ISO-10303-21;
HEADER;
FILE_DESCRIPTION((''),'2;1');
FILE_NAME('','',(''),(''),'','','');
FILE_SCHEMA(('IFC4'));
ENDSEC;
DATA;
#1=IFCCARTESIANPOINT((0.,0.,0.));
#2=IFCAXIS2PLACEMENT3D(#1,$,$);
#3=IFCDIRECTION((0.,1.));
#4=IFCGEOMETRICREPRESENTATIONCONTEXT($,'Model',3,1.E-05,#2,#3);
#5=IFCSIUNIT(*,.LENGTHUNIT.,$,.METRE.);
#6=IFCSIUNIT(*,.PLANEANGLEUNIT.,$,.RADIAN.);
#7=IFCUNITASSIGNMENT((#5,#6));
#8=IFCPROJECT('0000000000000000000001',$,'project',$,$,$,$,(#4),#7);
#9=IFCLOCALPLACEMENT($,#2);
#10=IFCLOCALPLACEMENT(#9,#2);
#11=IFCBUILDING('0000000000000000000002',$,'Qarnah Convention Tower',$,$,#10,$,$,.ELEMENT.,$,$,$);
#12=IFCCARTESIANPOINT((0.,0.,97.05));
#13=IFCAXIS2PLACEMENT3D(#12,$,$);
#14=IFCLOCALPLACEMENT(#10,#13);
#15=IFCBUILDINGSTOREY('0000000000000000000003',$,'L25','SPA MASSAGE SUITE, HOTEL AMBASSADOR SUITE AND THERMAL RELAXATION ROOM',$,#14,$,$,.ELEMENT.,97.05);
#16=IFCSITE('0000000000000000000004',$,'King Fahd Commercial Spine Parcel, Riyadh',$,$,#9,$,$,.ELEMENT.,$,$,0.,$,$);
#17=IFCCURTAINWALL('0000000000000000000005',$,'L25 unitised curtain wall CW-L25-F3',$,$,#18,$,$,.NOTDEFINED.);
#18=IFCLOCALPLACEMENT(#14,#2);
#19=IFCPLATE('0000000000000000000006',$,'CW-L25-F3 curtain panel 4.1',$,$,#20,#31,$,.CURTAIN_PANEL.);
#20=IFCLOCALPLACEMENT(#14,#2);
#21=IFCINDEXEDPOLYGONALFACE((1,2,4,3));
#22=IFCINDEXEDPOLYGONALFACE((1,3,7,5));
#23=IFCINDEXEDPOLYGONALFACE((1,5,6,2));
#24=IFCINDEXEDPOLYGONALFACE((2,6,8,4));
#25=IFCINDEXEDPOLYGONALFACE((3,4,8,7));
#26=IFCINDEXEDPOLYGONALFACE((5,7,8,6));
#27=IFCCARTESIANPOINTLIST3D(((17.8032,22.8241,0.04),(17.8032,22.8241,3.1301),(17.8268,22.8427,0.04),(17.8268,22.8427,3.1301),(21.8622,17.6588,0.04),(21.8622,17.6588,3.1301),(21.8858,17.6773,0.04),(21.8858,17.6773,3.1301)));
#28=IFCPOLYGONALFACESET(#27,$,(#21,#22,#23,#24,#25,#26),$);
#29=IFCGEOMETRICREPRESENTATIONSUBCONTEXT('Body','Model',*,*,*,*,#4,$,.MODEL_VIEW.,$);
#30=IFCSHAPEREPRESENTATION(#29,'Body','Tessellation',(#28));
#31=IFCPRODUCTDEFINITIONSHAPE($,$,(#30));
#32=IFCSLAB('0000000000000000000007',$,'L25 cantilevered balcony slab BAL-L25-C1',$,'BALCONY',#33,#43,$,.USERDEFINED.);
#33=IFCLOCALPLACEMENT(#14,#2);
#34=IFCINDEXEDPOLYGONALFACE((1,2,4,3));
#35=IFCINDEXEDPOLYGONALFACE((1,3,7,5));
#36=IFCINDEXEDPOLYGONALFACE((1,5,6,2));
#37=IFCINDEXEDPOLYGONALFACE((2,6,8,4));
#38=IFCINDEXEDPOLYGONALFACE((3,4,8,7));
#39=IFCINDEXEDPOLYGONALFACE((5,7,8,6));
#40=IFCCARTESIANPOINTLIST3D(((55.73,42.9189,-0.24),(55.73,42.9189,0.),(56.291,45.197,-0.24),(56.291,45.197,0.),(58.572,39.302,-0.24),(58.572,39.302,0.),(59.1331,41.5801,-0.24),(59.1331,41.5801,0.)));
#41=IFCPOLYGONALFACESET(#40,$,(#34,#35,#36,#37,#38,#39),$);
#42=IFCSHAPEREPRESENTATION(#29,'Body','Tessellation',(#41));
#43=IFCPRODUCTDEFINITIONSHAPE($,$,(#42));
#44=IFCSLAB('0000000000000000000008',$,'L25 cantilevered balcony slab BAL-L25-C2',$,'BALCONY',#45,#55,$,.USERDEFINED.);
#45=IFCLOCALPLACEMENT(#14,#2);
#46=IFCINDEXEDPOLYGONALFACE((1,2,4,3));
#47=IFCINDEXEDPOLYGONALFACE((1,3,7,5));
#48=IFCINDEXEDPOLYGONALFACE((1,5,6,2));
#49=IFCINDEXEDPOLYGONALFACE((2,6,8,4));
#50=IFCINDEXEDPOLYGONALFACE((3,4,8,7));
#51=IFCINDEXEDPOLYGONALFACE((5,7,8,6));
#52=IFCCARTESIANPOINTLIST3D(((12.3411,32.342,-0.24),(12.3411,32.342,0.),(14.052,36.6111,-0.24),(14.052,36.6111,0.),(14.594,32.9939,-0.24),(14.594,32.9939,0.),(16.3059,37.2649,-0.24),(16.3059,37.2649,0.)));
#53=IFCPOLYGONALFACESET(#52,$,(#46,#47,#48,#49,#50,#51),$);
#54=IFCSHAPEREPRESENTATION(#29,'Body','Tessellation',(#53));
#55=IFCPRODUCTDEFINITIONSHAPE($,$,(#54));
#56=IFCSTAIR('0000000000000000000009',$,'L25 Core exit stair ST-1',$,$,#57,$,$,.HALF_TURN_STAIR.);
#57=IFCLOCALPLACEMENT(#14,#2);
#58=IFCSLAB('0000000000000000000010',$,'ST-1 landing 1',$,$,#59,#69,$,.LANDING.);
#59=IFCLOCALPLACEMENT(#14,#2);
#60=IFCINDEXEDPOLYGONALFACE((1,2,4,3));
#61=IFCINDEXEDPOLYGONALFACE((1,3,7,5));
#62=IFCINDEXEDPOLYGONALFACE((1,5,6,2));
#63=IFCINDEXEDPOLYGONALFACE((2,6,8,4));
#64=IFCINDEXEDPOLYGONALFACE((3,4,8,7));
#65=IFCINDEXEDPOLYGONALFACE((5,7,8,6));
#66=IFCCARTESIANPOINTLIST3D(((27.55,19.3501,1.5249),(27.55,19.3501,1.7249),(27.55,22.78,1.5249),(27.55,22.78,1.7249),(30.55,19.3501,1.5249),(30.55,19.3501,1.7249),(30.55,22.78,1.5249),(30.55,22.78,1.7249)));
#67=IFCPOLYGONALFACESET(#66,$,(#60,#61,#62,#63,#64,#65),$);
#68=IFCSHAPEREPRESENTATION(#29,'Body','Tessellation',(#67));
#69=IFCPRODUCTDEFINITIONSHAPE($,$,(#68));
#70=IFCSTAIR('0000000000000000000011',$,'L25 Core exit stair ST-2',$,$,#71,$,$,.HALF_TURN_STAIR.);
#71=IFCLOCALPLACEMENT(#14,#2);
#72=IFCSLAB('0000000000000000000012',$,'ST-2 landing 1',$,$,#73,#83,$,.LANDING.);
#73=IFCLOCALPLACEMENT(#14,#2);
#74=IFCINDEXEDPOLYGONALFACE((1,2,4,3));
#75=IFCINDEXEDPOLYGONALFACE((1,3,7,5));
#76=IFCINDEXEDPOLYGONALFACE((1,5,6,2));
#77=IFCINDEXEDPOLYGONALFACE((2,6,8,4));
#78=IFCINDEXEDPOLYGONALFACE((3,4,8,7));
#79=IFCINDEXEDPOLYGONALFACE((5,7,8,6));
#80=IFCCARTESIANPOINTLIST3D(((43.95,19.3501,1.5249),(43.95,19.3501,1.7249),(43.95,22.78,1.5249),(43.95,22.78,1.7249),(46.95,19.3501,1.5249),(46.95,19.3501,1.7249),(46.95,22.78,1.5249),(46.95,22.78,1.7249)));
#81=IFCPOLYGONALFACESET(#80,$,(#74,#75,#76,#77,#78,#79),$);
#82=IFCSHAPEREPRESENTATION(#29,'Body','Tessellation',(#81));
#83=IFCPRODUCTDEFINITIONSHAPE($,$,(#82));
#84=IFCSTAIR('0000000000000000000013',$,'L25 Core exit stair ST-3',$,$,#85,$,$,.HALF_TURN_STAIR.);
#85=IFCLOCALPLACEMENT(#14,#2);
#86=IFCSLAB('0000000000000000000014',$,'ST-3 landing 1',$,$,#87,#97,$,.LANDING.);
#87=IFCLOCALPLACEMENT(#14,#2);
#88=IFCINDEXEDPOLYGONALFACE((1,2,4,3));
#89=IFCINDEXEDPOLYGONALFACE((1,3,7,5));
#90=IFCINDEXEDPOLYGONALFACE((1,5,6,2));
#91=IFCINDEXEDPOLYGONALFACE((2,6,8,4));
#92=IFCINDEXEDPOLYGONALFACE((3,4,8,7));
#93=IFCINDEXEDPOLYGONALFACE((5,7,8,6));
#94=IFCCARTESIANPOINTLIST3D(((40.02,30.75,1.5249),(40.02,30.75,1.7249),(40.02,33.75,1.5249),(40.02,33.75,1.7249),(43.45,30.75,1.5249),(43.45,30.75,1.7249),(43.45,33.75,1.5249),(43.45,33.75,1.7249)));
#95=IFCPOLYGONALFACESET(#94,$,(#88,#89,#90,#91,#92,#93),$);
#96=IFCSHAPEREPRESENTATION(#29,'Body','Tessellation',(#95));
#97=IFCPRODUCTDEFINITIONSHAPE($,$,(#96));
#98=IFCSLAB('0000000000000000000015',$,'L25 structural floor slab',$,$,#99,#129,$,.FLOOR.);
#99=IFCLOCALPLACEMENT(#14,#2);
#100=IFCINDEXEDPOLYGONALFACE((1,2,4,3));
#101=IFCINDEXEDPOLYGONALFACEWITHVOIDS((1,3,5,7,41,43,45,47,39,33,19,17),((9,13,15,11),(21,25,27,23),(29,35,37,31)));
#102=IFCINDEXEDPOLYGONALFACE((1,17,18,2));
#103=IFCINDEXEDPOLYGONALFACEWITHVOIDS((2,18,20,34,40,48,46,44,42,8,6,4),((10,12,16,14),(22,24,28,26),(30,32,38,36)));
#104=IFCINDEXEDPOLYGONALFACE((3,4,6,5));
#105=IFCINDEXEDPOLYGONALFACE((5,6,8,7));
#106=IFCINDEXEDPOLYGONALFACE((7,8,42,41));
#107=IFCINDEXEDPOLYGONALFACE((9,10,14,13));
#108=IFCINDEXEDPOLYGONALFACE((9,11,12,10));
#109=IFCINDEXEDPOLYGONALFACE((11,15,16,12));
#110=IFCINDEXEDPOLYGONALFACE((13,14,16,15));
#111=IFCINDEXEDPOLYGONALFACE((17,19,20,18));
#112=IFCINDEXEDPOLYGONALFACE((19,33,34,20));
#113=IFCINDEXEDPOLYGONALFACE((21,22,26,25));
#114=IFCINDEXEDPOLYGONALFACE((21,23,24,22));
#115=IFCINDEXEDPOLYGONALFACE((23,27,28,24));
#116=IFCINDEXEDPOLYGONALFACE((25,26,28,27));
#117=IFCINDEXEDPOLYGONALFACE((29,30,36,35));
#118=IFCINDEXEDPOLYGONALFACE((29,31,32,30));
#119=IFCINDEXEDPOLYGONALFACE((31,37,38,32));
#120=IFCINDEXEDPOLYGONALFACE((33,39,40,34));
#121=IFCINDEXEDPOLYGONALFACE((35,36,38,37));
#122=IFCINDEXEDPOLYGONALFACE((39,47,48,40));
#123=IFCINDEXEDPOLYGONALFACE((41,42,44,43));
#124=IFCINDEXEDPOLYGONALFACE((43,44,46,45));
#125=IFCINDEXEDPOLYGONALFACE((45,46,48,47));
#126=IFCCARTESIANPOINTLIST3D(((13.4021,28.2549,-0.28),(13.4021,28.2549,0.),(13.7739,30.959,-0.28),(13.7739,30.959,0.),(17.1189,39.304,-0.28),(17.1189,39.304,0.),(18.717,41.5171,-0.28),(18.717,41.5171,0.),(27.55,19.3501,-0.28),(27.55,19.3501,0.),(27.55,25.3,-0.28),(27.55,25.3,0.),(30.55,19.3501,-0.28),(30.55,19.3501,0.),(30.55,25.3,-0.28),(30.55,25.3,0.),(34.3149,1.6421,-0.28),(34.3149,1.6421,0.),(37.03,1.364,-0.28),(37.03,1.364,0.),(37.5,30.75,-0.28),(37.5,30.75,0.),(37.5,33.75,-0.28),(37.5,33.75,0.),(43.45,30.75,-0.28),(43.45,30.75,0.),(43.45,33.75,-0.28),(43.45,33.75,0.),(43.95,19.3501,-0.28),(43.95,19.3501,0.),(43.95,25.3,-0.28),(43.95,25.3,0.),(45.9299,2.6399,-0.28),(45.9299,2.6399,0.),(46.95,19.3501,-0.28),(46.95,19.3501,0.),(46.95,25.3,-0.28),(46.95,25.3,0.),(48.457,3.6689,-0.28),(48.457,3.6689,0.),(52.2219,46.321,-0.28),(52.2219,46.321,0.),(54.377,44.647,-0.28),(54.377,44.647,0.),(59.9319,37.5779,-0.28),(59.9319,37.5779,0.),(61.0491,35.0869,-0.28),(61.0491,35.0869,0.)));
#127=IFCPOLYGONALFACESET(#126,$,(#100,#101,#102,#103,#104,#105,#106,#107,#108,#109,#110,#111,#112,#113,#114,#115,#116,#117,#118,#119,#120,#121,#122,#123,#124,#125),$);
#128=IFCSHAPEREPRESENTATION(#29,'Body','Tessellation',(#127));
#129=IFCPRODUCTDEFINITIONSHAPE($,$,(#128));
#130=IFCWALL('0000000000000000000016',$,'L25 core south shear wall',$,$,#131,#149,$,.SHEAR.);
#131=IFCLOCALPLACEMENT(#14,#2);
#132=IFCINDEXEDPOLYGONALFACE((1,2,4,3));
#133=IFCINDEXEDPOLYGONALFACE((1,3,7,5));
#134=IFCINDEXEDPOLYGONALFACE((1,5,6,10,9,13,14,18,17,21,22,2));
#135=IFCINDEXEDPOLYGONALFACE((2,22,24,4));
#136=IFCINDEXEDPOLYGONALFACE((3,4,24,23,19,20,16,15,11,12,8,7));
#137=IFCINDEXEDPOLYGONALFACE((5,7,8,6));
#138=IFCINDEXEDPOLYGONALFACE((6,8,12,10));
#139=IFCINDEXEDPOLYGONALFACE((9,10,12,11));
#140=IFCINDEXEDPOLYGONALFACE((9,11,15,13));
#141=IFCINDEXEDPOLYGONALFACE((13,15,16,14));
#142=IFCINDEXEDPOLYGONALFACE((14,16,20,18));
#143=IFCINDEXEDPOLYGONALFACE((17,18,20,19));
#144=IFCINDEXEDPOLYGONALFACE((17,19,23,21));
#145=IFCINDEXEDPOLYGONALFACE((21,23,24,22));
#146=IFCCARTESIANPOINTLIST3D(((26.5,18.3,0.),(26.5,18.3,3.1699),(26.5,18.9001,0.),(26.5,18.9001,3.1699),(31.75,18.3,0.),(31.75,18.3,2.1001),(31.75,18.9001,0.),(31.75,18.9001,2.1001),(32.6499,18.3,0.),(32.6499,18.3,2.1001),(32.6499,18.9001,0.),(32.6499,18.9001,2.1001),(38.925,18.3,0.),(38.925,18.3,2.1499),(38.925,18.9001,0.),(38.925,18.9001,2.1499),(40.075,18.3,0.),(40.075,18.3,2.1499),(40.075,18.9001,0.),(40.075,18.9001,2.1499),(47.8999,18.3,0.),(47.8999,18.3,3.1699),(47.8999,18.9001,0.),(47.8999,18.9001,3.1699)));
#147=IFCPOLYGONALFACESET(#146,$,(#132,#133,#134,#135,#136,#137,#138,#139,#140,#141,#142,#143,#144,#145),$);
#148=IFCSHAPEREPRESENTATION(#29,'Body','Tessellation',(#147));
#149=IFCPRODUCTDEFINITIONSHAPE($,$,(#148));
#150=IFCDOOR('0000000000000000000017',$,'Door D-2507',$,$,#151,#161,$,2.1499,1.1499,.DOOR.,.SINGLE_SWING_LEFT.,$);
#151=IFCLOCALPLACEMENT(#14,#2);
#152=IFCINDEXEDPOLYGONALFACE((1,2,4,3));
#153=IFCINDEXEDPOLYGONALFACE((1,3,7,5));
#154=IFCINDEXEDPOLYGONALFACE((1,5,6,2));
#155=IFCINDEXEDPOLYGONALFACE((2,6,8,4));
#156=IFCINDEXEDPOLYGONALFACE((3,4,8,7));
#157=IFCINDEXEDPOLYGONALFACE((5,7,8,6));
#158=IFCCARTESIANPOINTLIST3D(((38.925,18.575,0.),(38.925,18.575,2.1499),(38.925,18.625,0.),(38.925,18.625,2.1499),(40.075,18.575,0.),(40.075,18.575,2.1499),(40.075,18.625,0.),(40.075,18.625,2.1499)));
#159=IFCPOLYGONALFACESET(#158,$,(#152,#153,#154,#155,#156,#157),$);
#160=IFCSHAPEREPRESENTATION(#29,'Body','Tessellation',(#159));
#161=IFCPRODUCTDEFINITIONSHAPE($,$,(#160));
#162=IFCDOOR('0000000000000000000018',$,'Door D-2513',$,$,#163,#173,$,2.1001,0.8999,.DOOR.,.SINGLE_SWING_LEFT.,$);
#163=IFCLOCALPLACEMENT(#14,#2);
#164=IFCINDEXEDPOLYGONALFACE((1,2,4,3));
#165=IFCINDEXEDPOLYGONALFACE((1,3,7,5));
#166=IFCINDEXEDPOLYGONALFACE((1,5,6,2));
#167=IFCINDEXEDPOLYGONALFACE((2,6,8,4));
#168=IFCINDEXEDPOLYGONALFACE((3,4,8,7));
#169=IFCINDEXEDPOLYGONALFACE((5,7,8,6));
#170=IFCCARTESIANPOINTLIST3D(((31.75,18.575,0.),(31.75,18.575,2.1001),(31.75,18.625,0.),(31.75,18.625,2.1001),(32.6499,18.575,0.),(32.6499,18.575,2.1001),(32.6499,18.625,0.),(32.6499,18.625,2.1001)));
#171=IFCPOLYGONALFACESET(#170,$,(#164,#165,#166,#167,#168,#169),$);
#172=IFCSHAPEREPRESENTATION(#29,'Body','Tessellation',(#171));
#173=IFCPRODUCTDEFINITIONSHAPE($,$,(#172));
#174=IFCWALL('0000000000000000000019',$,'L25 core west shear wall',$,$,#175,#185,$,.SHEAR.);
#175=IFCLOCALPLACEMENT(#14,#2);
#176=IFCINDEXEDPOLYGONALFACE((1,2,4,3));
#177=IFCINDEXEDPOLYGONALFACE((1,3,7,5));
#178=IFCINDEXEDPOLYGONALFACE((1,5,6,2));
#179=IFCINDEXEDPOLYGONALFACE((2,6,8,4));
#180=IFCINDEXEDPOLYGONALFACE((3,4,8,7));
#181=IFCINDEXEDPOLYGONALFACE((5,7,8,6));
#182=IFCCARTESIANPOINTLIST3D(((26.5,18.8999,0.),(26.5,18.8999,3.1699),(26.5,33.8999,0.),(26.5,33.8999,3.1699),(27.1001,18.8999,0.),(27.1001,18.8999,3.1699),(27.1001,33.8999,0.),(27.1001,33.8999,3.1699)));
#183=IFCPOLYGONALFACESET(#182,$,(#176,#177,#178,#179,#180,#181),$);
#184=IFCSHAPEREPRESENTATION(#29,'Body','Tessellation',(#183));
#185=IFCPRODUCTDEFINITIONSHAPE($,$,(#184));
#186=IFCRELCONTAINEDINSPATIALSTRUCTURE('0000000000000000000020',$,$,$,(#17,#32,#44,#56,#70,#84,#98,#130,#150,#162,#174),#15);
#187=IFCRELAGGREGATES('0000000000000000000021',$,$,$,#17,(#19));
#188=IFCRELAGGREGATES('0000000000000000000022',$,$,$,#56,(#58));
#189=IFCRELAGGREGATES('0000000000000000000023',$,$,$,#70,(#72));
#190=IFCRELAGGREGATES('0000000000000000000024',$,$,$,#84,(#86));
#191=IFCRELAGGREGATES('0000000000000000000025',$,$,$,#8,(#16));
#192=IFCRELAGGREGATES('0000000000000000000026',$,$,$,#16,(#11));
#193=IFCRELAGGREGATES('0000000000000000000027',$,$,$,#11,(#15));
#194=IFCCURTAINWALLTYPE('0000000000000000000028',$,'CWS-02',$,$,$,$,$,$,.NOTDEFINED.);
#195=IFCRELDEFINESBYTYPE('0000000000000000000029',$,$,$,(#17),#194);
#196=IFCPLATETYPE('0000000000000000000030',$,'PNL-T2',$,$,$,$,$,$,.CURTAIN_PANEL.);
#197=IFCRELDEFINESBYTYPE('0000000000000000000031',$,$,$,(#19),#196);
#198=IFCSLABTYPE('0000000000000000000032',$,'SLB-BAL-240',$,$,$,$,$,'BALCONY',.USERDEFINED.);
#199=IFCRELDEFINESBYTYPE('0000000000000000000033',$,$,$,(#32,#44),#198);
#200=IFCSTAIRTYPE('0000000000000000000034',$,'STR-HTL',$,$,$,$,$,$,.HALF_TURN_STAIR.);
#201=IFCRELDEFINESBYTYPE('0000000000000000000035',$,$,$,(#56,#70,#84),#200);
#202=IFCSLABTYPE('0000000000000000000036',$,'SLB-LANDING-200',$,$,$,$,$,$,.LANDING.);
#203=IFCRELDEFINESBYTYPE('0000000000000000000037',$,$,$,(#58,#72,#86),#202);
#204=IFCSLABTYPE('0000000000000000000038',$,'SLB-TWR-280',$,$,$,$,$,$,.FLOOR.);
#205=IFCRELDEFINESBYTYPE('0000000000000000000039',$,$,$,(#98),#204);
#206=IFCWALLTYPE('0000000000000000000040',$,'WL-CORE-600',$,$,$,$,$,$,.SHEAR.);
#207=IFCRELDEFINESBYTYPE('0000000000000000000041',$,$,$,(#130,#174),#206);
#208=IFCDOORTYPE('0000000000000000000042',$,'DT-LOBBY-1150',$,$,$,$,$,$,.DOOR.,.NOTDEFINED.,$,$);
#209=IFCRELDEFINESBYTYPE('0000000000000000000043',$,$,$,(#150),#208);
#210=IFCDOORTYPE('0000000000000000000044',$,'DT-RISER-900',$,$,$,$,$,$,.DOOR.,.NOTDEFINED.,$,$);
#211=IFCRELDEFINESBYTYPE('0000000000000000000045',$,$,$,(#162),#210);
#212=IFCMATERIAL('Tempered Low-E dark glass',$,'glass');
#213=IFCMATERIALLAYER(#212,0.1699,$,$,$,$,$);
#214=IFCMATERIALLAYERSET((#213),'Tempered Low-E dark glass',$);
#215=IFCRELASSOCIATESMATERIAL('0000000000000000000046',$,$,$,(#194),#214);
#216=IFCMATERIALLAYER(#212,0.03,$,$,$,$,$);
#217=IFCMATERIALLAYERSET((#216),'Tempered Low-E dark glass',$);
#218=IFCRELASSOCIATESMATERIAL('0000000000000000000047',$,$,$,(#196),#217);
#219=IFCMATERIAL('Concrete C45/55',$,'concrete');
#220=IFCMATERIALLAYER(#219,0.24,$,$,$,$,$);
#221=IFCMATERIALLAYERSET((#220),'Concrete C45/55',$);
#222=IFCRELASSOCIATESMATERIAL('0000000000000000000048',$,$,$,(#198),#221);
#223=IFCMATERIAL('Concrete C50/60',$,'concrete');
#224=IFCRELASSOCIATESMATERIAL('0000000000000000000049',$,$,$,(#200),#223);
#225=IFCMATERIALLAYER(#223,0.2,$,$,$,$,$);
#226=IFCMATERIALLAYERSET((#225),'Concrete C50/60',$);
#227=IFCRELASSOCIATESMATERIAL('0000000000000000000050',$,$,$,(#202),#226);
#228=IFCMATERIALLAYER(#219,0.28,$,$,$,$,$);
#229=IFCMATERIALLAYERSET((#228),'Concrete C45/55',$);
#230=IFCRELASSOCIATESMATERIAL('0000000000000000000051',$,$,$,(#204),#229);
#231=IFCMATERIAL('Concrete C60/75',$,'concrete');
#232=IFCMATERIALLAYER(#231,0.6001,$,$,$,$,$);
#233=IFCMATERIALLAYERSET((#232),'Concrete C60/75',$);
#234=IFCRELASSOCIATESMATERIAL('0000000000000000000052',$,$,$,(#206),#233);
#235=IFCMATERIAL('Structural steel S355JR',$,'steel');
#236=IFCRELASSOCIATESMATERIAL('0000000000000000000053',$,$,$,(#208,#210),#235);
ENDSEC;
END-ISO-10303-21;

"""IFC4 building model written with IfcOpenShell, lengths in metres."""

from ifc_helpers import new_model, si_unit, direction, frame, frame_2d, origin, origin_2d, place, context, subcontext, project, spatial, polyline, rectangle, outline, extrude, material, layer, layer_set, type_object, element, fill, aggregate, save


model = new_model("IFC4")

# Units and contexts
model_context = context("Model", 3, precision=1e-05, world=origin(), true_north=direction((0.0, 1.0)))
body_context = subcontext(model_context, "Body", "Model", "MODEL_VIEW")
ifc_project = project(units=[si_unit("LENGTHUNIT", "METRE"), si_unit("PLANEANGLEUNIT", "RADIAN")], contexts=[model_context])

# Site, building, storey
site_placement = place(None, origin())
site = spatial("IfcSite", under=ifc_project, at=site_placement, Name="King Fahd Commercial Spine Parcel, Riyadh", CompositionType="ELEMENT", RefElevation=0.0)
building_placement = place(site_placement, origin())
building = spatial("IfcBuilding", under=site, at=building_placement, Name="Qarnah Convention Tower", CompositionType="ELEMENT")
storey_placement = place(building_placement, frame((0.0, 0.0, 97.05)))
storey = spatial("IfcBuildingStorey", under=building, at=storey_placement, Name="L25", Description="SPA MASSAGE SUITE, HOTEL AMBASSADOR SUITE AND THERMAL RELAXATION ROOM", CompositionType="ELEMENT", Elevation=97.05)

# Shared definitions
ifc_material_1 = material(Name="Concrete C60/75", Category="concrete")

# Shared definitions
ifc_material_2 = material(Name="Structural steel S355JR", Category="steel")

# Curtain wall, plate
ifc_material_3 = material(Name="Tempered Low-E dark glass", Category="glass")
ifc_layer_1 = layer(ifc_material_3, 0.1699)
ifc_layer_set_1 = layer_set([ifc_layer_1], Name="Tempered Low-E dark glass")
curtain_wall_type = type_object("IfcCurtainWallType", Name="CWS-02", PredefinedType="NOTDEFINED", material=ifc_layer_set_1)
curtain_wall_placement = place(storey_placement, origin())
curtain_wall = element("IfcCurtainWall", 1, at=curtain_wall_placement, inside=storey, type_object=curtain_wall_type, Name="L25 unitised curtain wall CW-L25-F3", PredefinedType="NOTDEFINED")
ifc_layer_2 = layer(ifc_material_3, 0.03)
ifc_layer_set_2 = layer_set([ifc_layer_2], Name="Tempered Low-E dark glass")
plate_type = type_object("IfcPlateType", Name="PNL-T2", PredefinedType="CURTAIN_PANEL", material=ifc_layer_set_2)
plate_1_placement = place(storey_placement, frame((19.8445, 20.2507, 0.04), z_axis=(0.0, 0.0, 1.0), x_axis=(-0.617871, 0.78628, 0.0)))
plate_1 = element("IfcPlate", 2, at=plate_1_placement, type_object=plate_type, Name="CW-L25-F3 curtain panel 4.1", PredefinedType="CURTAIN_PANEL", context=body_context, shape_type="SweptSolid", body=[
    extrude(rectangle(XDim=6.5693, YDim=0.03, at=origin_2d()), origin(), (0.0, 0.0, 1.0), 3.0901),
])
aggregate(curtain_wall, [plate_1])

# Slabs
ifc_material_4 = material(Name="Concrete C45/55", Category="concrete")
ifc_layer_3 = layer(ifc_material_4, 0.24)
ifc_layer_set_3 = layer_set([ifc_layer_3], Name="Concrete C45/55")
slab_type_1 = type_object("IfcSlabType", Name="SLB-BAL-240", ElementType="BALCONY", PredefinedType="USERDEFINED", material=ifc_layer_set_3)
slab_1_placement = place(storey_placement, frame((0.0, 0.0, -0.24)))
element("IfcSlab", 3, at=slab_1_placement, inside=storey, type_object=slab_type_1, Name="L25 cantilevered balcony slab BAL-L25-C1", ObjectType="BALCONY", PredefinedType="USERDEFINED", context=body_context, shape_type="SweptSolid", body=[
    extrude(outline(polyline([(56.291, 45.197), (59.1331, 41.5801), (58.572, 39.302), (55.73, 42.9189), (56.291, 45.197)])), origin(), (0.0, 0.0, 1.0), 0.24),
])
slab_2_placement = place(storey_placement, frame((0.0, 0.0, -0.24)))
element("IfcSlab", 4, at=slab_2_placement, inside=storey, type_object=slab_type_1, Name="L25 cantilevered balcony slab BAL-L25-C2", ObjectType="BALCONY", PredefinedType="USERDEFINED", context=body_context, shape_type="SweptSolid", body=[
    extrude(outline(polyline([(12.3411, 32.342), (14.052, 36.6111), (16.3059, 37.2649), (14.594, 32.9939), (12.3411, 32.342)])), origin(), (0.0, 0.0, 1.0), 0.24),
])

# Stairs, slabs
ifc_material_5 = material(Name="Concrete C50/60", Category="concrete")
stair_type = type_object("IfcStairType", Name="STR-HTL", PredefinedType="HALF_TURN_STAIR", material=ifc_material_5)
stair_1_placement = place(storey_placement, origin())
stair_1 = element("IfcStair", 5, at=stair_1_placement, inside=storey, type_object=stair_type, Name="L25 Core exit stair ST-1", PredefinedType="HALF_TURN_STAIR")
ifc_layer_4 = layer(ifc_material_5, 0.2)
ifc_layer_set_4 = layer_set([ifc_layer_4], Name="Concrete C50/60")
slab_type_2 = type_object("IfcSlabType", Name="SLB-LANDING-200", PredefinedType="LANDING", material=ifc_layer_set_4)
slab_3_placement = place(storey_placement, frame((0.0, 0.0, 1.5249)))
slab_3 = element("IfcSlab", 6, at=slab_3_placement, type_object=slab_type_2, Name="ST-1 landing 1", PredefinedType="LANDING", context=body_context, shape_type="SweptSolid", body=[
    extrude(outline(polyline([(27.55, 22.78), (27.55, 19.3501), (30.55, 19.3501), (30.55, 22.78), (27.55, 22.78)])), origin(), (0.0, 0.0, 1.0), 0.2),
])
aggregate(stair_1, [slab_3])
stair_2_placement = place(storey_placement, origin())
stair_2 = element("IfcStair", 7, at=stair_2_placement, inside=storey, type_object=stair_type, Name="L25 Core exit stair ST-2", PredefinedType="HALF_TURN_STAIR")
slab_4_placement = place(storey_placement, frame((0.0, 0.0, 1.5249)))
slab_4 = element("IfcSlab", 8, at=slab_4_placement, type_object=slab_type_2, Name="ST-2 landing 1", PredefinedType="LANDING", context=body_context, shape_type="SweptSolid", body=[
    extrude(outline(polyline([(43.95, 22.78), (43.95, 19.3501), (46.95, 19.3501), (46.95, 22.78), (43.95, 22.78)])), origin(), (0.0, 0.0, 1.0), 0.2),
])
aggregate(stair_2, [slab_4])
stair_3_placement = place(storey_placement, origin())
stair_3 = element("IfcStair", 9, at=stair_3_placement, inside=storey, type_object=stair_type, Name="L25 Core exit stair ST-3", PredefinedType="HALF_TURN_STAIR")
slab_5_placement = place(storey_placement, frame((0.0, 0.0, 1.5249)))
slab_5 = element("IfcSlab", 10, at=slab_5_placement, type_object=slab_type_2, Name="ST-3 landing 1", PredefinedType="LANDING", context=body_context, shape_type="SweptSolid", body=[
    extrude(outline(polyline([(40.02, 30.75), (43.45, 30.75), (43.45, 33.75), (40.02, 33.75), (40.02, 30.75)])), origin(), (0.0, 0.0, 1.0), 0.2),
])
aggregate(stair_3, [slab_5])

# Slab
ifc_layer_5 = layer(ifc_material_4, 0.28)
ifc_layer_set_5 = layer_set([ifc_layer_5], Name="Concrete C45/55")
slab_type_3 = type_object("IfcSlabType", Name="SLB-TWR-280", PredefinedType="FLOOR", material=ifc_layer_set_5)
slab_6_placement = place(storey_placement, frame((0.0, 0.0, -0.28)))
element("IfcSlab", 11, at=slab_6_placement, inside=storey, type_object=slab_type_3, Name="L25 structural floor slab", PredefinedType="FLOOR", context=body_context, shape_type="SweptSolid", body=[
    extrude(outline(polyline([(52.2219, 46.321), (18.717, 41.5171), (17.1189, 39.304), (13.7739, 30.959), (13.4021, 28.2549), (34.3149, 1.6421), (37.03, 1.364), (45.9299, 2.6399), (48.457, 3.6689), (61.0491, 35.0869), (59.9319, 37.5779), (54.377, 44.647), (52.2219, 46.321)]), holes=[polyline([(27.55, 25.3), (27.55, 19.3501), (30.55, 19.3501), (30.55, 25.3), (27.55, 25.3)]), polyline([(43.95, 25.3), (43.95, 19.3501), (46.95, 19.3501), (46.95, 25.3), (43.95, 25.3)]), polyline([(37.5, 30.75), (43.45, 30.75), (43.45, 33.75), (37.5, 33.75), (37.5, 30.75)])]), origin(), (0.0, 0.0, 1.0), 0.28),
])

# Wall, openings, doors
ifc_layer_6 = layer(ifc_material_1, 0.6001)
ifc_layer_set_6 = layer_set([ifc_layer_6], Name="Concrete C60/75")
wall_type_1 = type_object("IfcWallType", Name="WL-CORE-600", PredefinedType="SHEAR", material=ifc_layer_set_6)
wall_1_placement = place(storey_placement, frame((26.5, 18.6001, 0.0), z_axis=(0.0, 0.0, 1.0), x_axis=(1.0, 0.0, 0.0)))
wall_1 = element("IfcWall", 12, at=wall_1_placement, inside=storey, type_object=wall_type_1, Name="L25 core south shear wall", PredefinedType="SHEAR", context=body_context, shape_type="SweptSolid", body=[
    extrude(rectangle(XDim=21.3999, YDim=0.6001, at=frame_2d((10.7, 0.0))), origin(), (0.0, 0.0, 1.0), 3.1699),
])
opening_1_placement = place(wall_1_placement, frame((12.425, 0.0, 0.0)))
opening_1 = element("IfcOpeningElement", 13, at=opening_1_placement, cuts=wall_1, PredefinedType="OPENING", context=body_context, shape_type="SweptSolid", body=[
    extrude(rectangle(XDim=1.1499, YDim=2.1499, at=frame_2d((0.575, 1.075))), frame((0.0, 0.3101, 0.0), z_axis=(0.0, -1.0, 0.0), x_axis=(1.0, 0.0, 0.0)), (0.0, 0.0, 1.0), 0.6201),
])
opening_2_placement = place(wall_1_placement, frame((5.25, 0.0, 0.0)))
opening_2 = element("IfcOpeningElement", 14, at=opening_2_placement, cuts=wall_1, PredefinedType="OPENING", context=body_context, shape_type="SweptSolid", body=[
    extrude(rectangle(XDim=0.8999, YDim=2.1001, at=frame_2d((0.45, 1.05))), frame((0.0, 0.3101, 0.0), z_axis=(0.0, -1.0, 0.0), x_axis=(1.0, 0.0, 0.0)), (0.0, 0.0, 1.0), 0.6201),
])
door_type_1 = type_object("IfcDoorType", Name="DT-LOBBY-1150", OperationType="NOTDEFINED", PredefinedType="DOOR", material=ifc_material_2)
door_1_placement = place(opening_1_placement, origin())
door_1 = element("IfcDoor", 15, at=door_1_placement, inside=storey, type_object=door_type_1, Name="Door D-2507", OperationType="SINGLE_SWING_LEFT", OverallHeight=2.1499, OverallWidth=1.1499, PredefinedType="DOOR", context=body_context, shape_type="SweptSolid", body=[
    extrude(rectangle(XDim=1.1499, YDim=2.1499, at=frame_2d((0.575, 1.075))), frame((0.0, 0.0249, 0.0), z_axis=(0.0, -1.0, 0.0), x_axis=(1.0, 0.0, 0.0)), (0.0, 0.0, 1.0), 0.05),
])
fill(opening_1, door_1)
door_type_2 = type_object("IfcDoorType", Name="DT-RISER-900", OperationType="NOTDEFINED", PredefinedType="DOOR", material=ifc_material_2)
door_2_placement = place(opening_2_placement, origin())
door_2 = element("IfcDoor", 16, at=door_2_placement, inside=storey, type_object=door_type_2, Name="Door D-2513", OperationType="SINGLE_SWING_LEFT", OverallHeight=2.1001, OverallWidth=0.8999, PredefinedType="DOOR", context=body_context, shape_type="SweptSolid", body=[
    extrude(rectangle(XDim=0.8999, YDim=2.1001, at=frame_2d((0.45, 1.05))), frame((0.0, 0.0249, 0.0), z_axis=(0.0, -1.0, 0.0), x_axis=(1.0, 0.0, 0.0)), (0.0, 0.0, 1.0), 0.05),
])
fill(opening_2, door_2)

# Wall
wall_2_placement = place(storey_placement, frame((26.8, 18.8999, 0.0), z_axis=(0.0, 0.0, 1.0), x_axis=(0.0, 1.0, 0.0)))
element("IfcWall", 17, at=wall_2_placement, inside=storey, type_object=wall_type_1, Name="L25 core west shear wall", PredefinedType="SHEAR", context=body_context, shape_type="SweptSolid", body=[
    extrude(rectangle(XDim=15.0, YDim=0.6001, at=frame_2d((7.5, 0.0))), origin(), (0.0, 0.0, 1.0), 3.1699),
])

save(model, "model.ifc")
